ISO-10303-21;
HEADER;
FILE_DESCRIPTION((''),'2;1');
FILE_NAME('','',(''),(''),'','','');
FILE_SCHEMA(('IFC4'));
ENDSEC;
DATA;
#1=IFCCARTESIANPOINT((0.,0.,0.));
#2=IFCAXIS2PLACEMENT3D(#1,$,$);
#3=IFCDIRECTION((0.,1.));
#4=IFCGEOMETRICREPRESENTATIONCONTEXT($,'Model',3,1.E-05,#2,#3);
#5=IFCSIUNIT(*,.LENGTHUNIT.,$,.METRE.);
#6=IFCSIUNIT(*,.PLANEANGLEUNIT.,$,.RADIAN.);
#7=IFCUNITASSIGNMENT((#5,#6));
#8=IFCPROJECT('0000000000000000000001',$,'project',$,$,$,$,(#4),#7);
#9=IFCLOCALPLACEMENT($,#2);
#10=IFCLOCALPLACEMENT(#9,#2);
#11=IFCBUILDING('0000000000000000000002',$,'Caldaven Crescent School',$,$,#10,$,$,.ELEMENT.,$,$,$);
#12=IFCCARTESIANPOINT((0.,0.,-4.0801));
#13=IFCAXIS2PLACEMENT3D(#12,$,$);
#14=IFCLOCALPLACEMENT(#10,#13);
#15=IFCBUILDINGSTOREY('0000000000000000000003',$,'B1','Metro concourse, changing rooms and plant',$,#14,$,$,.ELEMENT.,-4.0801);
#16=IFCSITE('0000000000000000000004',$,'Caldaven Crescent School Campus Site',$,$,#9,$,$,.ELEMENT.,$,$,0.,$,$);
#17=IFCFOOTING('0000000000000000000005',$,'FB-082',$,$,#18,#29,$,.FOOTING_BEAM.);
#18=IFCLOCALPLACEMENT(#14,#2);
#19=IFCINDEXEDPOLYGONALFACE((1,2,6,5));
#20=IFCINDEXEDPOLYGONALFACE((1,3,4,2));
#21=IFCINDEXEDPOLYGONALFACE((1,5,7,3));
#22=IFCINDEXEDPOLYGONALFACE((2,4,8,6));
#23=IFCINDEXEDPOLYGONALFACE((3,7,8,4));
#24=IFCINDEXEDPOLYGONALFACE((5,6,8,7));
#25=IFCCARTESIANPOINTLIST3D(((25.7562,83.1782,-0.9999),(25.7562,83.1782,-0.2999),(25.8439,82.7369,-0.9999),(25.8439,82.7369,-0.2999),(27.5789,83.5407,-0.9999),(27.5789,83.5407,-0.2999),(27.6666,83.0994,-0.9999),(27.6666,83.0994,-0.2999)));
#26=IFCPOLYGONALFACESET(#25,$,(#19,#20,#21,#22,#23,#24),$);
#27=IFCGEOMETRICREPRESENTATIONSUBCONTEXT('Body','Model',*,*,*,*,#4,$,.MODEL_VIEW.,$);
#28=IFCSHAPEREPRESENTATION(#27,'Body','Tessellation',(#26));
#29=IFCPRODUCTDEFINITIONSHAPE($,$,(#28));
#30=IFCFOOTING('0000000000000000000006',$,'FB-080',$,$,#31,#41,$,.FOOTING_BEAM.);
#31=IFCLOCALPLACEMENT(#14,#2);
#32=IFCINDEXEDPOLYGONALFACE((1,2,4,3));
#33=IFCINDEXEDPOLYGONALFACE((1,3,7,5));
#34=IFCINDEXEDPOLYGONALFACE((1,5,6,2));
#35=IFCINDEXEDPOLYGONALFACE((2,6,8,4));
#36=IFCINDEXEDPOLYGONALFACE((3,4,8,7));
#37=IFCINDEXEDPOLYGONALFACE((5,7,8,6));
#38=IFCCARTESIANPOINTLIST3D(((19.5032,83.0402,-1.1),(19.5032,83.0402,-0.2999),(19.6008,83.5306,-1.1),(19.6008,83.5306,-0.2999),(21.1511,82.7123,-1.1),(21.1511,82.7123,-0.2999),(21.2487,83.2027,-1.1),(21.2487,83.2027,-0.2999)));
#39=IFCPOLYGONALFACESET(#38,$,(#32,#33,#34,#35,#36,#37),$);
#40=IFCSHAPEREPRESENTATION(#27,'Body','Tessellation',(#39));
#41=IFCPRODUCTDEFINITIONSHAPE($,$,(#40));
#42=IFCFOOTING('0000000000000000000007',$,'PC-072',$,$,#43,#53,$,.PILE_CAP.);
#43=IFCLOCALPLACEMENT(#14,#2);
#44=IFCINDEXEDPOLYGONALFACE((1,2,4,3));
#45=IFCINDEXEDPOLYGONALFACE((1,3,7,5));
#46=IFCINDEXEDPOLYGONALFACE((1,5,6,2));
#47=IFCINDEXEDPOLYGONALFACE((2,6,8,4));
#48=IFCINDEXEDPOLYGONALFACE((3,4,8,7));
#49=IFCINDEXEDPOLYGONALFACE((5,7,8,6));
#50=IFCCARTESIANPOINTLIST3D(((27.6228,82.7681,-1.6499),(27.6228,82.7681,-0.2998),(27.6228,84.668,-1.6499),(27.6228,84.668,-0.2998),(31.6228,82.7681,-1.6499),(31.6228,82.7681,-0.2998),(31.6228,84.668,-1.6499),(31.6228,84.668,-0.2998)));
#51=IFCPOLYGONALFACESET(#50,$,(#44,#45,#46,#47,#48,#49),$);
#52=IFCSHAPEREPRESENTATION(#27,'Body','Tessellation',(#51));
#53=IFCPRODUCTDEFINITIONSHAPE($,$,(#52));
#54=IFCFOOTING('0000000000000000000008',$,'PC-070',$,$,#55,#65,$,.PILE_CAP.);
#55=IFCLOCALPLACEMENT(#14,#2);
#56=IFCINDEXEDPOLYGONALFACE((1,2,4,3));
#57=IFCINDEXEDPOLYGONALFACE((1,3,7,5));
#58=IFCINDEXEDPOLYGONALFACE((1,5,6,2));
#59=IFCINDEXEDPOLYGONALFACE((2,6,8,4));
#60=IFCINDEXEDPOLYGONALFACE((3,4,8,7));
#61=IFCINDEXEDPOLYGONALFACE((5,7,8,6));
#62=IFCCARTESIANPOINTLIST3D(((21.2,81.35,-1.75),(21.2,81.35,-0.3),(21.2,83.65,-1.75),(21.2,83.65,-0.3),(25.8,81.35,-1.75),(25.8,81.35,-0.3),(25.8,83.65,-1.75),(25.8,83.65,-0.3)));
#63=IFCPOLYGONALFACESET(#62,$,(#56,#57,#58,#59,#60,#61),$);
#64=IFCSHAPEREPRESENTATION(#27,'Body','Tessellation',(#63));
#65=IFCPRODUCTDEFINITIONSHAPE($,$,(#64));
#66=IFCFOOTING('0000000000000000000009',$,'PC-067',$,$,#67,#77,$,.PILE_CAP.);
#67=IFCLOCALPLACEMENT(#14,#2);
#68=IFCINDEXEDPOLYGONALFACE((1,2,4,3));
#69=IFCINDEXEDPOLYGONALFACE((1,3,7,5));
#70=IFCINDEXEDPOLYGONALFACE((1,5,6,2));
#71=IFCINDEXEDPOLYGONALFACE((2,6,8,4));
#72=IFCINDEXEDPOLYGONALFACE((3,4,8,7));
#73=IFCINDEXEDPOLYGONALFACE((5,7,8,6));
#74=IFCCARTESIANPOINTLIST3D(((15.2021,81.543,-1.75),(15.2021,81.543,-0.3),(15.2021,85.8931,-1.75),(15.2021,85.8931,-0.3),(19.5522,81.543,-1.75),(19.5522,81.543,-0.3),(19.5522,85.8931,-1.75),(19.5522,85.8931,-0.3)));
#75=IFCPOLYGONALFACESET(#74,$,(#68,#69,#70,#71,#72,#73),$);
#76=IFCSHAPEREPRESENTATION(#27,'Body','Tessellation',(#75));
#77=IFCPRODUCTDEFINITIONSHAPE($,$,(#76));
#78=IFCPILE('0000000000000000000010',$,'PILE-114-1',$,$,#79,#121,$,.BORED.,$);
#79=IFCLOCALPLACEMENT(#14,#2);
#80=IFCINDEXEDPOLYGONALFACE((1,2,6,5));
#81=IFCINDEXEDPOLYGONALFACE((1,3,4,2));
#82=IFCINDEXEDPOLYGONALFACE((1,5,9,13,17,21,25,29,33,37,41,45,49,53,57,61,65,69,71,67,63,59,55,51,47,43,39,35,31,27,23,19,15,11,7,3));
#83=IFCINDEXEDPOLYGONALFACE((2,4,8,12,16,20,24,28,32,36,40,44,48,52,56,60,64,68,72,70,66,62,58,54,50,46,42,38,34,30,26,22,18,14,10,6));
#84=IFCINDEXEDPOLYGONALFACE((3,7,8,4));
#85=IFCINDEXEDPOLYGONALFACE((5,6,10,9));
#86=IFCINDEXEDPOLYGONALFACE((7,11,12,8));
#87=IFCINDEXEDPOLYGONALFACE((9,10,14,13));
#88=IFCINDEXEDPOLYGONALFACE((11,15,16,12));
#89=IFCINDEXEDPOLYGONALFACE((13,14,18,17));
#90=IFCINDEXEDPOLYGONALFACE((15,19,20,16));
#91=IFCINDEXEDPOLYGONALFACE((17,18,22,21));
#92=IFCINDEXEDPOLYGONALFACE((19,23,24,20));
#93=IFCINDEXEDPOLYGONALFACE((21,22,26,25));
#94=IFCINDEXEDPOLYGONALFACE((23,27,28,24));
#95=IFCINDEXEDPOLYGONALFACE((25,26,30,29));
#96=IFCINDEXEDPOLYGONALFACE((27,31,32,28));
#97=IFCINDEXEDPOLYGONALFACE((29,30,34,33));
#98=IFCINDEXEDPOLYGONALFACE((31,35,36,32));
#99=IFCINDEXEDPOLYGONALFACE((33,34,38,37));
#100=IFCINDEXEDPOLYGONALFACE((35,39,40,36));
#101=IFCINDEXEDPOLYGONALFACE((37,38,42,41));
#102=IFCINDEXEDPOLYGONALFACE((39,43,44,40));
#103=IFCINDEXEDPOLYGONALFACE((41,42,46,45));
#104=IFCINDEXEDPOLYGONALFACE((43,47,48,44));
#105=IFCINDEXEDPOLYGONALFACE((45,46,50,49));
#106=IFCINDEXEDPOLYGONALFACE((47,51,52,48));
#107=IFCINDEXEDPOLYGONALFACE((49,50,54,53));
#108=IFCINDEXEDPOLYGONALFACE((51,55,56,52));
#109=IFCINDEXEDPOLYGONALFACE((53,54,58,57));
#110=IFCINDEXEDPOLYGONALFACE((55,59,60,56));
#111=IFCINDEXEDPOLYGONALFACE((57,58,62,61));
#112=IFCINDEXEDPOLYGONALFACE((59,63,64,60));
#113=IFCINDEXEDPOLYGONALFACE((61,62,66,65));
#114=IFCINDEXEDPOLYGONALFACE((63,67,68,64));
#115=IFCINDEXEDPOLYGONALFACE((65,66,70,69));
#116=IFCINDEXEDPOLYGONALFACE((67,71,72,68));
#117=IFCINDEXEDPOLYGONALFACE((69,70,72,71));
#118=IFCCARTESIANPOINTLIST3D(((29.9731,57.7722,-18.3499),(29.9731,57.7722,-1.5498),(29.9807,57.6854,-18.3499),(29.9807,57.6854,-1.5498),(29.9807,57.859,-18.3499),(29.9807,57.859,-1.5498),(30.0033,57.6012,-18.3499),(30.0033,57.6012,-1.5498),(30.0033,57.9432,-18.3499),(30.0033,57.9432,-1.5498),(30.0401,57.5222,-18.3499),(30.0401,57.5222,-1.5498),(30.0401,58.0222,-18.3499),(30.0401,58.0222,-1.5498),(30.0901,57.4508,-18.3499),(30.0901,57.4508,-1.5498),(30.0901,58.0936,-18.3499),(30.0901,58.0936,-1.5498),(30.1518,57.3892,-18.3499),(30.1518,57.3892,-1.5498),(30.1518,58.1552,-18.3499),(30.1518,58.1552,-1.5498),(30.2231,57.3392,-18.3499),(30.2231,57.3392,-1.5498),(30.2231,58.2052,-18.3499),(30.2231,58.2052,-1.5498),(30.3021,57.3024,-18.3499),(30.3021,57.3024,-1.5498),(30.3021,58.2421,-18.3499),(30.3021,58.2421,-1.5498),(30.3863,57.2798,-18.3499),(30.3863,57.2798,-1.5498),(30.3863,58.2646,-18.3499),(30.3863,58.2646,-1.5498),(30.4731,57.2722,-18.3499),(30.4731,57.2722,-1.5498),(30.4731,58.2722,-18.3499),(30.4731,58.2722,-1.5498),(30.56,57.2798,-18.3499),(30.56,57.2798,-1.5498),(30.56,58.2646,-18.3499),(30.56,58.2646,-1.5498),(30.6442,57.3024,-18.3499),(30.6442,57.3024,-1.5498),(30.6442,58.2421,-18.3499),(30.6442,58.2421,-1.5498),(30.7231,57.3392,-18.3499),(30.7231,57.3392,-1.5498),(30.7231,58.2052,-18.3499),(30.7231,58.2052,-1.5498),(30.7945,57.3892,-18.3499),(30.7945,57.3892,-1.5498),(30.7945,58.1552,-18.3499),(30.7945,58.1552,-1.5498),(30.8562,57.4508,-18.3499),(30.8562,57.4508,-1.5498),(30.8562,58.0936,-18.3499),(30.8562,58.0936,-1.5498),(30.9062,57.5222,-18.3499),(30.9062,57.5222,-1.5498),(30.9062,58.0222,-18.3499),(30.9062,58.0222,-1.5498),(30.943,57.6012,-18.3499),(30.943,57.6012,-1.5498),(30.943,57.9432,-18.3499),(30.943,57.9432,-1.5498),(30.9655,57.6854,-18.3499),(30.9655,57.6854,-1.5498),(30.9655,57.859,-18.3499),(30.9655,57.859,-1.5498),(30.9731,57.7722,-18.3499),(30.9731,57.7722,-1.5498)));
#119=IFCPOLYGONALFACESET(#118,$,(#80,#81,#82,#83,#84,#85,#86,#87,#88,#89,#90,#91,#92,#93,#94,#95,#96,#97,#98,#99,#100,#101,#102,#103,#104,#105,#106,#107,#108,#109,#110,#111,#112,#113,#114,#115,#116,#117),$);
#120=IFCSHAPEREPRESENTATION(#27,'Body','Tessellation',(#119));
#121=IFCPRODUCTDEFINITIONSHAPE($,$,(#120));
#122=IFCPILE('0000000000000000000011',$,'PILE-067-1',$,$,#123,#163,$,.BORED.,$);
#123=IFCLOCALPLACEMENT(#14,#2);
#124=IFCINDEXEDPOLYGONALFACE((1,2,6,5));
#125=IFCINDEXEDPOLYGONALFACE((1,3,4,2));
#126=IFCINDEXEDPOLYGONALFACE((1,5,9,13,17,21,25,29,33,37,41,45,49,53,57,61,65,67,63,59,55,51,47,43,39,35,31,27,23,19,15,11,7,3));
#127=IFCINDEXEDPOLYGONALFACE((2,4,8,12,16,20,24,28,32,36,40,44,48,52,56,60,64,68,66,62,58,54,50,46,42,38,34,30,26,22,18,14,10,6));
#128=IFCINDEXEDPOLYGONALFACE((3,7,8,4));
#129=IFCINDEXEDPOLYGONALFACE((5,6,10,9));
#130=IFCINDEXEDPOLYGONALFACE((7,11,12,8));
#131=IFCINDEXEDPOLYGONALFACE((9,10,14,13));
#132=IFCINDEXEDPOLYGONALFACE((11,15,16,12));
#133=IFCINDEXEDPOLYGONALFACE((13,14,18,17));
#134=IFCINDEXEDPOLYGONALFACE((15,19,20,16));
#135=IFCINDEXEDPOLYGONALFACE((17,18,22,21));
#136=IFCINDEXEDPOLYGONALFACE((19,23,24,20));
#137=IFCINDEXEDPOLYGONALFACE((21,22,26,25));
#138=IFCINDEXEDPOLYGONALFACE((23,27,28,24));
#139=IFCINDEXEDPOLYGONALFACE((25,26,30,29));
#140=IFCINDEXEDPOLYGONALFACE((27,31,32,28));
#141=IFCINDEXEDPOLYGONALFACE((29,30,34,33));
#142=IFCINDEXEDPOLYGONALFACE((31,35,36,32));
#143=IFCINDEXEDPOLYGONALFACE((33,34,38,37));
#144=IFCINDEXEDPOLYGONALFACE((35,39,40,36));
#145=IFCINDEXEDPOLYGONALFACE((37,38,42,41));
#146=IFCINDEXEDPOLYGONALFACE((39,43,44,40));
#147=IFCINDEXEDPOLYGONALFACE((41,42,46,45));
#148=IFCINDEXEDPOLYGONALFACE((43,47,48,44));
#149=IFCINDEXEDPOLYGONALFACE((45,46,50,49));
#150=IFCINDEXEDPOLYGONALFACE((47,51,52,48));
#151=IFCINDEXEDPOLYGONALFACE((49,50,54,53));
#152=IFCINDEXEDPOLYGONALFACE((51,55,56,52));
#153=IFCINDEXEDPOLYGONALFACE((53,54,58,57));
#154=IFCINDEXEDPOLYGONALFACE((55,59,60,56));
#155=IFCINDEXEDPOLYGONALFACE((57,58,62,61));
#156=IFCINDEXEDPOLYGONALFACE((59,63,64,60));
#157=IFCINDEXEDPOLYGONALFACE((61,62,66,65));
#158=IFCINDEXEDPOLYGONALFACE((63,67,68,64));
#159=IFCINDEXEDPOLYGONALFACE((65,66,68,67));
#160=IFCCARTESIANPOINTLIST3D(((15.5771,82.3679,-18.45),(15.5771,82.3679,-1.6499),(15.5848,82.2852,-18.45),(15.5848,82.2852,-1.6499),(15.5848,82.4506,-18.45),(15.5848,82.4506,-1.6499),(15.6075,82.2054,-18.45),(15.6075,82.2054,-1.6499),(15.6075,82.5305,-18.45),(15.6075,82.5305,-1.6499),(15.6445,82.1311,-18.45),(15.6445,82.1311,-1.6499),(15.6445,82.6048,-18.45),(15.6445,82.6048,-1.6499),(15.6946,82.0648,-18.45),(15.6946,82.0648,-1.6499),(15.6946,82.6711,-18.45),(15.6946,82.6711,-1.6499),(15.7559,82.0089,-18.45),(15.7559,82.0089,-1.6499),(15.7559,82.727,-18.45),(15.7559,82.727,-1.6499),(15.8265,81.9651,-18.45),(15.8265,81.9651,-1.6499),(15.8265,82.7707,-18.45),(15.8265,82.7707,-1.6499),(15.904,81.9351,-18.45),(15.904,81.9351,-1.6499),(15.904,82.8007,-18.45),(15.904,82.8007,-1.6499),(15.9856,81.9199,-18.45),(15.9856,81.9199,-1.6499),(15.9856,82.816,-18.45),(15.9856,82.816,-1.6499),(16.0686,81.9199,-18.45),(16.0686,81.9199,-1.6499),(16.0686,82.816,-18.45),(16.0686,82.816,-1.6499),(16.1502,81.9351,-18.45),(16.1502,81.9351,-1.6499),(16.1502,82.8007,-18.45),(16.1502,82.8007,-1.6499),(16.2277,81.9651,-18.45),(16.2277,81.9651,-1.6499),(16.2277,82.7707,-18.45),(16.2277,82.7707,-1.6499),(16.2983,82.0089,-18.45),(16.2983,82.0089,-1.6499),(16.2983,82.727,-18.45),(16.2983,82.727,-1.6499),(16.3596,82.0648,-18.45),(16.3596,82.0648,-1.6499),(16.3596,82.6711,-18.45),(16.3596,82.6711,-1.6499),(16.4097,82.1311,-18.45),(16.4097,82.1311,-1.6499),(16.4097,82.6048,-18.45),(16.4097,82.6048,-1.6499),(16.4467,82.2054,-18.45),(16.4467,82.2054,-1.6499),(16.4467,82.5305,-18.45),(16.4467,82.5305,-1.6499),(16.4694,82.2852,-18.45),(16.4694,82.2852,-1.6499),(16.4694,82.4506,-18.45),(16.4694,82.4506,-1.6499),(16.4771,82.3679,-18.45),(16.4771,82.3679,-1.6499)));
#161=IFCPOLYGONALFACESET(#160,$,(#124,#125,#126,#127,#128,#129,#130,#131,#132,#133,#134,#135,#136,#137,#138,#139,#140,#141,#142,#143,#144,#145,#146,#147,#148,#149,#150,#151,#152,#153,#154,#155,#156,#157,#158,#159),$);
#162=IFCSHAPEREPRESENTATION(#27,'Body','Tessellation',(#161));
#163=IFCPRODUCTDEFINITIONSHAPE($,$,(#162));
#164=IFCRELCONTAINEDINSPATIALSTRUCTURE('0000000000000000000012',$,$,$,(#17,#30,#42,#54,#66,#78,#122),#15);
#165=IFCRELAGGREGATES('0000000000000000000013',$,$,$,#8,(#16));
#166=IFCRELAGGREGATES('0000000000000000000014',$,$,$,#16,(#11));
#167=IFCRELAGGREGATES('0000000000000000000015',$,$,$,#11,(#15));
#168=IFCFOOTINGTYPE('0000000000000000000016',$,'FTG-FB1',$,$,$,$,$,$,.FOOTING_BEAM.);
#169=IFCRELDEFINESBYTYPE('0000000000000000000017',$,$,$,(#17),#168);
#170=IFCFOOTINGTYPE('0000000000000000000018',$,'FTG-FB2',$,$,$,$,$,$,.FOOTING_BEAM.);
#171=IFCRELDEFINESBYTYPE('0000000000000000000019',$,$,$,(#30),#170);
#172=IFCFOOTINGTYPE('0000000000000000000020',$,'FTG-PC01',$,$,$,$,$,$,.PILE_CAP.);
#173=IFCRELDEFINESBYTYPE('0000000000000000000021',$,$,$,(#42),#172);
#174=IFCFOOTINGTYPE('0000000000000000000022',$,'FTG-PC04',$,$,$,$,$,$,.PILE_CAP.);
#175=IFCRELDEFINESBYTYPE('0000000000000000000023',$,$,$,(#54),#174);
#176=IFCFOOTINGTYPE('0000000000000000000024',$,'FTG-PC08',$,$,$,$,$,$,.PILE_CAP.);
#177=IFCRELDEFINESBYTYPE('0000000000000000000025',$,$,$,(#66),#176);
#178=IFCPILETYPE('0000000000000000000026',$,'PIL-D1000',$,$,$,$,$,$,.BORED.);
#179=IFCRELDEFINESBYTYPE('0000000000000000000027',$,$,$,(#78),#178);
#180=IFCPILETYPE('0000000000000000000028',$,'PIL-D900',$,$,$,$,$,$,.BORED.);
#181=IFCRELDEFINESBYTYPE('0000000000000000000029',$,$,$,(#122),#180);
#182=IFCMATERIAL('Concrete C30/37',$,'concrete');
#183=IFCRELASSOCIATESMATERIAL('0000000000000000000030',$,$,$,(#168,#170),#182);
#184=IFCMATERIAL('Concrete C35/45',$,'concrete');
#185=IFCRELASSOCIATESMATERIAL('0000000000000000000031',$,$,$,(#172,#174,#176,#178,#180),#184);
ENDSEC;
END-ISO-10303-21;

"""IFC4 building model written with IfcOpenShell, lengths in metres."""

from ifc_helpers import new_model, si_unit, direction, frame, origin, origin_2d, place, context, subcontext, project, spatial, rectangle, circle, extrude, material, material_profile, profile_set, type_object, element, save


model = new_model("IFC4")

# Units and contexts
model_context = context("Model", 3, precision=1e-05, world=origin(), true_north=direction((0.0, 1.0)))
body_context = subcontext(model_context, "Body", "Model", "MODEL_VIEW")
ifc_project = project(units=[si_unit("LENGTHUNIT", "METRE"), si_unit("PLANEANGLEUNIT", "RADIAN")], contexts=[model_context])

# Site, building, storey
site_placement = place(None, origin())
site = spatial("IfcSite", under=ifc_project, at=site_placement, Name="Caldaven Crescent School Campus Site", CompositionType="ELEMENT", RefElevation=0.0)
building_placement = place(site_placement, origin())
building = spatial("IfcBuilding", under=site, at=building_placement, Name="Caldaven Crescent School", CompositionType="ELEMENT")
storey_placement = place(building_placement, frame((0.0, 0.0, -4.0801)))
storey = spatial("IfcBuildingStorey", under=building, at=storey_placement, Name="B1", Description="Metro concourse, changing rooms and plant", CompositionType="ELEMENT", Elevation=-4.0801)

# Footings
ifc_material_1 = material(Name="Concrete C30/37", Category="concrete")
ifc_material_profile_1 = material_profile(ifc_material_1, rectangle(XDim=0.45, YDim=0.7, at=origin_2d()), Name="FB 450x700")
ifc_profile_set_1 = profile_set([ifc_material_profile_1], Name="Concrete C30/37")
footing_type_1 = type_object("IfcFootingType", Name="FTG-FB1", PredefinedType="FOOTING_BEAM", material=ifc_profile_set_1)
footing_1_placement = place(storey_placement, frame((25.8, 82.9575, -0.6499), z_axis=(0.980787, 0.19508, 0.0), x_axis=(-0.19508, 0.980787, 0.0)))
element("IfcFooting", 1, at=footing_1_placement, inside=storey, type_object=footing_type_1, Name="FB-082", PredefinedType="FOOTING_BEAM", context=body_context, shape_type="SweptSolid", body=[
    extrude(rectangle(XDim=0.45, YDim=0.7, at=origin_2d()), origin(), (0.0, 0.0, 1.0), 1.8584),
])
ifc_material_profile_2 = material_profile(ifc_material_1, rectangle(XDim=0.5, YDim=0.8, at=origin_2d()), Name="FB 500x800")
ifc_profile_set_2 = profile_set([ifc_material_profile_2], Name="Concrete C30/37")
footing_type_2 = type_object("IfcFootingType", Name="FTG-FB2", PredefinedType="FOOTING_BEAM", material=ifc_profile_set_2)
footing_2_placement = place(storey_placement, frame((19.552, 83.2854, -0.7), z_axis=(0.980776, -0.195138, 0.0), x_axis=(0.195138, 0.980776, 0.0)))
element("IfcFooting", 2, at=footing_2_placement, inside=storey, type_object=footing_type_2, Name="FB-080", PredefinedType="FOOTING_BEAM", context=body_context, shape_type="SweptSolid", body=[
    extrude(rectangle(XDim=0.5, YDim=0.8, at=origin_2d()), origin(), (0.0, 0.0, 1.0), 1.6802),
])
ifc_material_2 = material(Name="Concrete C35/45", Category="concrete")
footing_type_3 = type_object("IfcFootingType", Name="FTG-PC01", PredefinedType="PILE_CAP", material=ifc_material_2)
footing_3_placement = place(storey_placement, frame((29.6228, 83.718, -1.6499), z_axis=(0.0, 0.0, 1.0), x_axis=(1.0, 0.0, 0.0)))
element("IfcFooting", 3, at=footing_3_placement, inside=storey, type_object=footing_type_3, Name="PC-072", PredefinedType="PILE_CAP", context=body_context, shape_type="SweptSolid", body=[
    extrude(rectangle(XDim=4.0, YDim=1.8999, at=origin_2d()), origin(), (0.0, 0.0, 1.0), 1.3501),
])
footing_type_4 = type_object("IfcFootingType", Name="FTG-PC04", PredefinedType="PILE_CAP", material=ifc_material_2)
footing_4_placement = place(storey_placement, frame((23.5, 82.5, -1.75), z_axis=(0.0, 0.0, 1.0), x_axis=(1.0, 0.0, 0.0)))
element("IfcFooting", 4, at=footing_4_placement, inside=storey, type_object=footing_type_4, Name="PC-070", PredefinedType="PILE_CAP", context=body_context, shape_type="SweptSolid", body=[
    extrude(rectangle(XDim=4.6001, YDim=2.3, at=origin_2d()), origin(), (0.0, 0.0, 1.0), 1.45),
])
footing_type_5 = type_object("IfcFootingType", Name="FTG-PC08", PredefinedType="PILE_CAP", material=ifc_material_2)
footing_5_placement = place(storey_placement, frame((17.3772, 83.718, -1.75), z_axis=(0.0, 0.0, 1.0), x_axis=(1.0, 0.0, 0.0)))
element("IfcFooting", 5, at=footing_5_placement, inside=storey, type_object=footing_type_5, Name="PC-067", PredefinedType="PILE_CAP", context=body_context, shape_type="SweptSolid", body=[
    extrude(rectangle(XDim=4.3501, YDim=4.3501, at=origin_2d()), origin(), (0.0, 0.0, 1.0), 1.45),
])

# Piles
ifc_material_profile_3 = material_profile(ifc_material_2, circle(Radius=0.5, at=origin_2d()), Name="PILE D1000")
ifc_profile_set_3 = profile_set([ifc_material_profile_3], Name="Concrete C35/45")
pile_type_1 = type_object("IfcPileType", Name="PIL-D1000", PredefinedType="BORED", material=ifc_profile_set_3)
pile_placement = place(storey_placement, frame((30.4731, 57.7722, -1.5498), z_axis=(0.0, 0.0, -1.0), x_axis=(1.0, 0.0, 0.0)))
element("IfcPile", 6, at=pile_placement, inside=storey, type_object=pile_type_1, Name="PILE-114-1", PredefinedType="BORED", context=body_context, shape_type="SweptSolid", body=[
    extrude(circle(Radius=0.5, at=origin_2d()), origin(), (0.0, 0.0, 1.0), 16.8),
])
ifc_material_profile_4 = material_profile(ifc_material_2, circle(Radius=0.45, at=origin_2d()), Name="PILE D900")
ifc_profile_set_4 = profile_set([ifc_material_profile_4], Name="Concrete C35/45")
pile_type_2 = type_object("IfcPileType", Name="PIL-D900", PredefinedType="BORED", material=ifc_profile_set_4)
for number, where, z_axis, x_axis, name in (
    (7, (16.0271, 82.3679, -1.6499), (0.0, 0.0, -1.0), (1.0, 0.0, 0.0), "PILE-067-1"),
):
    element("IfcPile", number, at=place(storey_placement, frame(where, z_axis=z_axis, x_axis=x_axis)), inside=storey, type_object=pile_type_2, Name=name, PredefinedType="BORED", context=body_context, shape_type="SweptSolid", body=[
        extrude(circle(Radius=0.45, at=origin_2d()), origin(), (0.0, 0.0, 1.0), 16.8),
    ])

save(model, "model.ifc")
